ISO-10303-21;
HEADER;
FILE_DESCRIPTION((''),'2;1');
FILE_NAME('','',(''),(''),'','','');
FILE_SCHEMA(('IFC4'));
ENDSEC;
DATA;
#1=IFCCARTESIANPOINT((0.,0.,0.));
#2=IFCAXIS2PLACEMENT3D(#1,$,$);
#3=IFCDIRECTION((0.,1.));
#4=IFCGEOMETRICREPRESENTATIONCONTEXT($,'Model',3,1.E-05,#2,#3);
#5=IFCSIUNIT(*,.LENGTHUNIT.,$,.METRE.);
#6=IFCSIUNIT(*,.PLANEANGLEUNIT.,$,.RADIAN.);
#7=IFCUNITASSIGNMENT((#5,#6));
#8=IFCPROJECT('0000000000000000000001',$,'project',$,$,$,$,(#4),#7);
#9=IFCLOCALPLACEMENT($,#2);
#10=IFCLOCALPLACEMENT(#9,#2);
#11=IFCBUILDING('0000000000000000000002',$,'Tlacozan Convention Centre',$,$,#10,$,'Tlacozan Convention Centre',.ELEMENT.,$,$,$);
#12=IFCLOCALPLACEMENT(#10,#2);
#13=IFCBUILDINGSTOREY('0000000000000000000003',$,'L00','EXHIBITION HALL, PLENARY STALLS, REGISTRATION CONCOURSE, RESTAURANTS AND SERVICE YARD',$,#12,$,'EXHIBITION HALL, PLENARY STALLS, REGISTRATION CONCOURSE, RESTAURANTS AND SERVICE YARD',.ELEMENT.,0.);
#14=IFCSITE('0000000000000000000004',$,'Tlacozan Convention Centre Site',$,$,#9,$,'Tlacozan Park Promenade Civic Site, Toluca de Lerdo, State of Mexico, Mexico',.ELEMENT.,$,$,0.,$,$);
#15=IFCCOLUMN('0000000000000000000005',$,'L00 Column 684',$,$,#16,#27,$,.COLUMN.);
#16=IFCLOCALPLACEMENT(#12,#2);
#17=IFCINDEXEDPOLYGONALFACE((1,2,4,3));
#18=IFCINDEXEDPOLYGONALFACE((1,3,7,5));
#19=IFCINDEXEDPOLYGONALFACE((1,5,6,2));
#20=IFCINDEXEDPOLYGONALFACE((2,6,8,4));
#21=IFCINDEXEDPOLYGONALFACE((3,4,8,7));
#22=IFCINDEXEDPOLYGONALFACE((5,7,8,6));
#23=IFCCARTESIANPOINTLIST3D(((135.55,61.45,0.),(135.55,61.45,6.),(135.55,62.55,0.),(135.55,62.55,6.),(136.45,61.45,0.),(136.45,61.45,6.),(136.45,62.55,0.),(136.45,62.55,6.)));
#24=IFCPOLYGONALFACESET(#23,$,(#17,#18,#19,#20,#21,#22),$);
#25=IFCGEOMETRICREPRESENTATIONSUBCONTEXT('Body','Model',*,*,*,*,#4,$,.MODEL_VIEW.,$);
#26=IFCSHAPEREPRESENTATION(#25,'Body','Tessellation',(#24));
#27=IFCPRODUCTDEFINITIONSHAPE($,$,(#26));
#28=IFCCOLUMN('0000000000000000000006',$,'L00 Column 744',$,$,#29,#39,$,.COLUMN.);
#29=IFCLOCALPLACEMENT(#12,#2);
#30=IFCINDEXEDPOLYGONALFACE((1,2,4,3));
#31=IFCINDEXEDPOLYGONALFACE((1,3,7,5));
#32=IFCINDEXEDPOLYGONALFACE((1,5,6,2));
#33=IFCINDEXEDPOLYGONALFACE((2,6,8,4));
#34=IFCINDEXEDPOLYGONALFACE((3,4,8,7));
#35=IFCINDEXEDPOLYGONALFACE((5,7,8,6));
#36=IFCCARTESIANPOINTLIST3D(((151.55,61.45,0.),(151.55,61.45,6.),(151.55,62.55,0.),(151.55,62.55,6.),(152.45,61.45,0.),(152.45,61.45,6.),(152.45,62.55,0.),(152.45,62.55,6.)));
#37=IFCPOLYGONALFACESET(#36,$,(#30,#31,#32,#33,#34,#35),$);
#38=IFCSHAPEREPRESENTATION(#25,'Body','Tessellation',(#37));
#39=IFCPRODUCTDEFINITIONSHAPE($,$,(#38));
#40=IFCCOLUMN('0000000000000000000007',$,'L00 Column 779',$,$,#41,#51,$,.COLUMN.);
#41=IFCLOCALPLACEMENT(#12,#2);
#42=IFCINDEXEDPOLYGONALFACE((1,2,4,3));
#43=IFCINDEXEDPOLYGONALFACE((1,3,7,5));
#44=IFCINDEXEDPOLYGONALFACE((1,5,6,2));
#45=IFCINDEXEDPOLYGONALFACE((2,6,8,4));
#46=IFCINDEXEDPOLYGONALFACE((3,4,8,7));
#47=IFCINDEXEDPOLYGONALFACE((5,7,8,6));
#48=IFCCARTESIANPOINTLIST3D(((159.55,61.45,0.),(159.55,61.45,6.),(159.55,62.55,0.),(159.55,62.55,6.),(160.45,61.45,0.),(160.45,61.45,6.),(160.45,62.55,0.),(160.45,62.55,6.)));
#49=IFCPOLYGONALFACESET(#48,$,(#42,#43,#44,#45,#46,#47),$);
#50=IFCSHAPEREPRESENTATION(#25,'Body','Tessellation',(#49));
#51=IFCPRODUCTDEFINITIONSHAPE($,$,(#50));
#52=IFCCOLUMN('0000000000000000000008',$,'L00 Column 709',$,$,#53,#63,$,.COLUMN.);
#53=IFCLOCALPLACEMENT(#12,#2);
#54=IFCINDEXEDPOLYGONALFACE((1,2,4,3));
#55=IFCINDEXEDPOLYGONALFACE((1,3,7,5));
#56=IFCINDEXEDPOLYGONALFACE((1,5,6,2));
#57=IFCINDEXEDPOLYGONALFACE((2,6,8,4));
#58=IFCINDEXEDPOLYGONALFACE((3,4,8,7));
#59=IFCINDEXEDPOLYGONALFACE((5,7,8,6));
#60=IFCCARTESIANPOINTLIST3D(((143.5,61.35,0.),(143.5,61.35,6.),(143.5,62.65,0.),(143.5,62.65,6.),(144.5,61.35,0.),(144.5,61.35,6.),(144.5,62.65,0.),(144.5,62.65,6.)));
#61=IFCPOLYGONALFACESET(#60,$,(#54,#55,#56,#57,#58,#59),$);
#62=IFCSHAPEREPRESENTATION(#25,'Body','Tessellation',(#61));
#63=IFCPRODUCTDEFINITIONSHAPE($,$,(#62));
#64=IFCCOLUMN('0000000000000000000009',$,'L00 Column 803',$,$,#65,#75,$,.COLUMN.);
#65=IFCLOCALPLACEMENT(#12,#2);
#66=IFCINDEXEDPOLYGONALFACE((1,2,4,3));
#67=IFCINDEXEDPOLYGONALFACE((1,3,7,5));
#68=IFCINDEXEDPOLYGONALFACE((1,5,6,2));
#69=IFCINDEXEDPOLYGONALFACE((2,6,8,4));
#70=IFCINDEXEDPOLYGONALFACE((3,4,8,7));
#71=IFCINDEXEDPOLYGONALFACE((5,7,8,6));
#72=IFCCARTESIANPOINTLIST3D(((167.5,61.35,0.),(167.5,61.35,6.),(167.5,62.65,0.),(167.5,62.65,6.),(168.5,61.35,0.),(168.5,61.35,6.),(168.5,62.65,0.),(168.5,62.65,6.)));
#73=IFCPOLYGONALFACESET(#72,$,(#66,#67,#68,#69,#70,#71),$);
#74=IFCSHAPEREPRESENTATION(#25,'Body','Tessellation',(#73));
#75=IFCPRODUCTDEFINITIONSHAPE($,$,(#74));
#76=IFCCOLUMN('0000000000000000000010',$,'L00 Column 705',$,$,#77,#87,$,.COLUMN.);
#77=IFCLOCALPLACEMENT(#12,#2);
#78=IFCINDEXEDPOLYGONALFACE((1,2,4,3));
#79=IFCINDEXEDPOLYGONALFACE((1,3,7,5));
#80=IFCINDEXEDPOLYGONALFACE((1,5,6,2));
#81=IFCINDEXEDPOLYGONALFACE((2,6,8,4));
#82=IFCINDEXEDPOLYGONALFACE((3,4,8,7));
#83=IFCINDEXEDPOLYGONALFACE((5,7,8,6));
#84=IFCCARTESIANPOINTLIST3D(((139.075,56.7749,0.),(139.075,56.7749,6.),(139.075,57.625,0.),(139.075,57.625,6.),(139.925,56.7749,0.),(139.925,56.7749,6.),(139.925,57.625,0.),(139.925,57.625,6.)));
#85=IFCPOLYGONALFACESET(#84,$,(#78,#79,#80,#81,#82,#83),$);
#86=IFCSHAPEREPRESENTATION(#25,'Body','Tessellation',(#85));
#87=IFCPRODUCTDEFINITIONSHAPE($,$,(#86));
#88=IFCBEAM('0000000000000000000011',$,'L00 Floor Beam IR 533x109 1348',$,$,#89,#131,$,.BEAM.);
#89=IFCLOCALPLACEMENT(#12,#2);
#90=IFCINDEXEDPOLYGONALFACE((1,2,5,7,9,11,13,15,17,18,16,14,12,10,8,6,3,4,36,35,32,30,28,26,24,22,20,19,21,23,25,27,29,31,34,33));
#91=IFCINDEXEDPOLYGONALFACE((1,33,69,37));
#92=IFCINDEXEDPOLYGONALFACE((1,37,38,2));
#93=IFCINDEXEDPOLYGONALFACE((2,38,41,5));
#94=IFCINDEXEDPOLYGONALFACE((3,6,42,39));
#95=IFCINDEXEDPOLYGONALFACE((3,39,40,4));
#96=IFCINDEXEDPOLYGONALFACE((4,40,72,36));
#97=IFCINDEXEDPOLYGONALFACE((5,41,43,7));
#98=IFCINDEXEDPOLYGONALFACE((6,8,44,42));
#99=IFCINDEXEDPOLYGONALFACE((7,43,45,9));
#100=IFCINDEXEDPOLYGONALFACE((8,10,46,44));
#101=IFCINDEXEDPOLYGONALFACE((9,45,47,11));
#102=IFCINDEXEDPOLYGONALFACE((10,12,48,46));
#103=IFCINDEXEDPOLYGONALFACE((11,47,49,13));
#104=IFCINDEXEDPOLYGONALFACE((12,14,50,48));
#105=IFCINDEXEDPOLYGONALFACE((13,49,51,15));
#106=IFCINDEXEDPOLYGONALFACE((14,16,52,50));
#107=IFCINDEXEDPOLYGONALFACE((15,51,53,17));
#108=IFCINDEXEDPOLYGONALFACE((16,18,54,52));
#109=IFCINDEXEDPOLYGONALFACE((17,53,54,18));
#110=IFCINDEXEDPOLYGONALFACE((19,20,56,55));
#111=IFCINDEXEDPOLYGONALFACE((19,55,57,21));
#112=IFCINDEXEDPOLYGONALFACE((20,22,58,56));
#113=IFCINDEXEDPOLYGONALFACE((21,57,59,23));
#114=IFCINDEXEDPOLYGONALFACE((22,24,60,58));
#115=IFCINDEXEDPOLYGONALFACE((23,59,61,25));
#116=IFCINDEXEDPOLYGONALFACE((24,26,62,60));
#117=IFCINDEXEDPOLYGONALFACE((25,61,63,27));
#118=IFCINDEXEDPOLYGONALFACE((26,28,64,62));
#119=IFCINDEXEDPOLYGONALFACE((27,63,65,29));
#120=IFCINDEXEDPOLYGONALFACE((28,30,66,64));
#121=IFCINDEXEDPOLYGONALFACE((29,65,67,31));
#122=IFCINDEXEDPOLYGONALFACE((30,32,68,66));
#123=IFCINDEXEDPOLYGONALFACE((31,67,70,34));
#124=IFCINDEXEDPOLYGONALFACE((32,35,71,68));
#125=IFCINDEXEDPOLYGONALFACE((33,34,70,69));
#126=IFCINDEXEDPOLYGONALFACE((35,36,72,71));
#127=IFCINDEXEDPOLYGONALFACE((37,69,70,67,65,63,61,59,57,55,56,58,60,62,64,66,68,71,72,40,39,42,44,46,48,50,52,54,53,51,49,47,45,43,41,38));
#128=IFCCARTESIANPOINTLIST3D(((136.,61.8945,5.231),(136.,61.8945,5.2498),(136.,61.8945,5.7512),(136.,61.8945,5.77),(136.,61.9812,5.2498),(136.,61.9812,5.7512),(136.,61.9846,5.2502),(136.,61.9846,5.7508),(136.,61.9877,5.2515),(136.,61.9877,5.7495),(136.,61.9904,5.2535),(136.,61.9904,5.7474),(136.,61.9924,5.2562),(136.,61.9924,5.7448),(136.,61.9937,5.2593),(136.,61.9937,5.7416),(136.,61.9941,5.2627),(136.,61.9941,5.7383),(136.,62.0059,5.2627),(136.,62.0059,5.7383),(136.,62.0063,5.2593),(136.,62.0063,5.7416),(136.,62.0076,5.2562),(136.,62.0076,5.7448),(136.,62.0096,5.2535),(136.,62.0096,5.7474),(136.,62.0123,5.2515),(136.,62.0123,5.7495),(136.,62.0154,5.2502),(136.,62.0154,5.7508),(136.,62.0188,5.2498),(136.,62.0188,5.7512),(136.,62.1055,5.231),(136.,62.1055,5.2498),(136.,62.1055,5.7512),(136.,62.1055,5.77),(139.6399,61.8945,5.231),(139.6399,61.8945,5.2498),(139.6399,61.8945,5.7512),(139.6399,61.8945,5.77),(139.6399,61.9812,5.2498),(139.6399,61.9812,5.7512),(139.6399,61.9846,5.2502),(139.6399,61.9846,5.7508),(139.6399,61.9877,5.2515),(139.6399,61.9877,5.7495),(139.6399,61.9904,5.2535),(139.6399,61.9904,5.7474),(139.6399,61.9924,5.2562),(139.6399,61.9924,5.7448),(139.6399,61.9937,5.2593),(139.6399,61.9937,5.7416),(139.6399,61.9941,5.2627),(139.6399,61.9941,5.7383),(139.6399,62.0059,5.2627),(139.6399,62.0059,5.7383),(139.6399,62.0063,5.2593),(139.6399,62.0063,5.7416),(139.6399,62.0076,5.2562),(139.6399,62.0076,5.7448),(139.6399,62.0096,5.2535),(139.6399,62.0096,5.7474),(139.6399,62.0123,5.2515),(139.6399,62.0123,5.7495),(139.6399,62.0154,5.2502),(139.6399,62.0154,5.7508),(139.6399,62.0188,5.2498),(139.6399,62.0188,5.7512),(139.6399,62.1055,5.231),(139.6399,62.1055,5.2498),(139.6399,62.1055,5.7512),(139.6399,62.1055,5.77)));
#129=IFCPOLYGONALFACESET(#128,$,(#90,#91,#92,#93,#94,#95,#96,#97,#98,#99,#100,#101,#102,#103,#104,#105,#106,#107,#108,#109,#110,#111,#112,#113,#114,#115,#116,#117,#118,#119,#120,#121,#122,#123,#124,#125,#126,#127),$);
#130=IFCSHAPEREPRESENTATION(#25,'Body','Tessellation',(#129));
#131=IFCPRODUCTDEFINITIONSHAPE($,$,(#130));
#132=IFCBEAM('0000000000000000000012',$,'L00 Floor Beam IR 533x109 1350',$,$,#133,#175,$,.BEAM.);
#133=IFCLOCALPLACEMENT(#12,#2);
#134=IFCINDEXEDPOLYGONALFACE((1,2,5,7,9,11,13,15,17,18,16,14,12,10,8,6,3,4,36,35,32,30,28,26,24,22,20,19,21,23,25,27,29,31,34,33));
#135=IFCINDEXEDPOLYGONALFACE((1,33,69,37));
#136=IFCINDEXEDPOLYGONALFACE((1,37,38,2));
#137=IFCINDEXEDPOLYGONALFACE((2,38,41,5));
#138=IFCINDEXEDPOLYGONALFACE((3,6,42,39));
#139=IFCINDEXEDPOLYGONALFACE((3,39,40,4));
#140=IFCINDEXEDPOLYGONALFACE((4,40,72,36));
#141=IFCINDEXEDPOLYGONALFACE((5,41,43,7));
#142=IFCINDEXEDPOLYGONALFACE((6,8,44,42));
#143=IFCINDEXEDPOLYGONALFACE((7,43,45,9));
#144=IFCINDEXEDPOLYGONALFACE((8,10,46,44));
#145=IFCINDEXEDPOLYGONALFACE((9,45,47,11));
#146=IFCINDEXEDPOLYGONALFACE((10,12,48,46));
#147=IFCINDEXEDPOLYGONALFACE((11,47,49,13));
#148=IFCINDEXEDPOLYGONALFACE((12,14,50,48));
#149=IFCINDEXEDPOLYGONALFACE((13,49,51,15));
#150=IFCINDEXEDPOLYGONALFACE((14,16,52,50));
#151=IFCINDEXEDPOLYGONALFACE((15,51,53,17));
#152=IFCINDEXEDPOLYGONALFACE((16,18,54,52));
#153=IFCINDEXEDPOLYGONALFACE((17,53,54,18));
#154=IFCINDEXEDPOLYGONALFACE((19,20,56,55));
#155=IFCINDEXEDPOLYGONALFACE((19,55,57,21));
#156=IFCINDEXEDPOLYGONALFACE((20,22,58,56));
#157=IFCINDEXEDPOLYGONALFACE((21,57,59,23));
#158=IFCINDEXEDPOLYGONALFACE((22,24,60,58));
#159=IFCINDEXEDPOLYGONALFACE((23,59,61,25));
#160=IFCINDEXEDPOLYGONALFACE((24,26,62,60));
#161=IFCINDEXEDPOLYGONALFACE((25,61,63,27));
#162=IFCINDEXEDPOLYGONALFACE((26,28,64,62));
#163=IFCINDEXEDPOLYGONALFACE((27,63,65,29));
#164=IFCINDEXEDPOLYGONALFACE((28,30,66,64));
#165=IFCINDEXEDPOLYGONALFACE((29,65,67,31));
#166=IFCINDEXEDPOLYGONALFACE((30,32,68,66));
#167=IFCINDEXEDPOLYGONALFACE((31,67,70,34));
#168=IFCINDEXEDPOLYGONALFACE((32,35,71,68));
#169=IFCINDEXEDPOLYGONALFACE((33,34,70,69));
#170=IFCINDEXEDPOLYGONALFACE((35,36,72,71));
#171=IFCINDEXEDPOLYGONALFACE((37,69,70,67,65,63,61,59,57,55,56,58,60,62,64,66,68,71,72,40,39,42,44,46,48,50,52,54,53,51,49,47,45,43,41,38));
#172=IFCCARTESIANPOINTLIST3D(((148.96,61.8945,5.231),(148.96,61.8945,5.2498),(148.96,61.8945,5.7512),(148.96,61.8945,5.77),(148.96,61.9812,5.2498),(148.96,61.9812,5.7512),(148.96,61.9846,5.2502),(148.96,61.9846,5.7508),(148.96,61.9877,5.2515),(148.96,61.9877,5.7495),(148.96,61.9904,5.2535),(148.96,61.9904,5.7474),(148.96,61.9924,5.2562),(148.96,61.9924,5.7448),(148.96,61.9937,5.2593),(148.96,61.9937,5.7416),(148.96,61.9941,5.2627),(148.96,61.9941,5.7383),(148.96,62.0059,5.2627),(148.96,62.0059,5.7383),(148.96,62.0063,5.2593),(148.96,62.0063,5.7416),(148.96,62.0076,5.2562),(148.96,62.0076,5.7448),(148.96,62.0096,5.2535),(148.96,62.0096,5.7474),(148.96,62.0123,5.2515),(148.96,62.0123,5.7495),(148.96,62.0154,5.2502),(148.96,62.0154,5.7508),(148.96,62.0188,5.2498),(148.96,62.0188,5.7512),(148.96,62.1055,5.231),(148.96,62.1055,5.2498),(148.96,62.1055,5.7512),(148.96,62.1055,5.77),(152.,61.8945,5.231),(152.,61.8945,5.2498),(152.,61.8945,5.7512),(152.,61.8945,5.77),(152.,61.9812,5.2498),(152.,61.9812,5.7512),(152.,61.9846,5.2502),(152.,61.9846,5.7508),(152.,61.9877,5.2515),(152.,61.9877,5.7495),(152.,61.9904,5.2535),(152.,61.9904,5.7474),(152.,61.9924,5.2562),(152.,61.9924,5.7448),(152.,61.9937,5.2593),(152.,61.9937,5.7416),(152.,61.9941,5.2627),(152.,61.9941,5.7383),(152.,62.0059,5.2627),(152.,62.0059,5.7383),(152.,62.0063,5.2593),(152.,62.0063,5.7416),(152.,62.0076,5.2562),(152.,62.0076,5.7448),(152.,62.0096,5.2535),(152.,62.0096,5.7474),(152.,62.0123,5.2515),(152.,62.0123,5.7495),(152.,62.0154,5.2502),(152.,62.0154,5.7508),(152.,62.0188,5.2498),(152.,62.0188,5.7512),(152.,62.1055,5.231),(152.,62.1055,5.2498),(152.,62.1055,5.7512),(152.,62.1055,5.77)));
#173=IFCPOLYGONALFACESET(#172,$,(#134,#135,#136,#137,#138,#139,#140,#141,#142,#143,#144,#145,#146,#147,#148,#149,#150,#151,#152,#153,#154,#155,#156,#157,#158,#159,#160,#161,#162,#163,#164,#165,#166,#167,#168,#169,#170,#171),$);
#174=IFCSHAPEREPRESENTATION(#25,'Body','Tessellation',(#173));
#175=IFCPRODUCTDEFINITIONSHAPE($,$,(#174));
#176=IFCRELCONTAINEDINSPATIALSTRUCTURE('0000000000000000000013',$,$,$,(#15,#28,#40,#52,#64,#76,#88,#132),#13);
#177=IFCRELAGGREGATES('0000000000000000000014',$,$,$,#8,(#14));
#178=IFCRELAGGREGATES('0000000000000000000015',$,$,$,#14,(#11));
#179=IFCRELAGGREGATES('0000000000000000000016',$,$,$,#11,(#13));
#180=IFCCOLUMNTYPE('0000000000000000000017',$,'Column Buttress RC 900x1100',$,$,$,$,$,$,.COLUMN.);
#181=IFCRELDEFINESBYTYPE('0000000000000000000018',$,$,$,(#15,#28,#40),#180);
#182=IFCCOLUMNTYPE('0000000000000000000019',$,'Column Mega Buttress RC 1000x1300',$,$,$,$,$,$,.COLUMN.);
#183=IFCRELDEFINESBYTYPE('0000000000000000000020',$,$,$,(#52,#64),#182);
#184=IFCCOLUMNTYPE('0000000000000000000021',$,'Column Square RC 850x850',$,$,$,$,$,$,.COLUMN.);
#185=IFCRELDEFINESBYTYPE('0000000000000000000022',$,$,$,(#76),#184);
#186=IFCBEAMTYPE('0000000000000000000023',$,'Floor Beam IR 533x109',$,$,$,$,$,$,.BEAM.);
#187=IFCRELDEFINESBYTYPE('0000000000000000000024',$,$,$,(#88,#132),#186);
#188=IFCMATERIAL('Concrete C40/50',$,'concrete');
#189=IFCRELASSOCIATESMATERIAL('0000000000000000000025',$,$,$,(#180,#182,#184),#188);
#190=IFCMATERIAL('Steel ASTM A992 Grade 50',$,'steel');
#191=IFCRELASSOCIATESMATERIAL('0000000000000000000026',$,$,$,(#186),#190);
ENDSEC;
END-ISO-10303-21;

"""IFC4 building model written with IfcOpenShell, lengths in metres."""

from ifc_helpers import new_model, si_unit, direction, frame, origin, origin_2d, place, context, subcontext, project, spatial, rectangle, i_section, extrude, material, material_profile, profile_set, type_object, element, save


model = new_model("IFC4")

# Units and contexts
model_context = context("Model", 3, precision=1e-05, world=origin(), true_north=direction((0.0, 1.0)))
body_context = subcontext(model_context, "Body", "Model", "MODEL_VIEW")
ifc_project = project(units=[si_unit("LENGTHUNIT", "METRE"), si_unit("PLANEANGLEUNIT", "RADIAN")], contexts=[model_context])

# Site, building, storey
site_placement = place(None, origin())
site = spatial("IfcSite", under=ifc_project, at=site_placement, Name="Tlacozan Convention Centre Site", LongName="Tlacozan Park Promenade Civic Site, Toluca de Lerdo, State of Mexico, Mexico", CompositionType="ELEMENT", RefElevation=0.0)
building_placement = place(site_placement, origin())
building = spatial("IfcBuilding", under=site, at=building_placement, Name="Tlacozan Convention Centre", LongName="Tlacozan Convention Centre", CompositionType="ELEMENT")
storey_placement = place(building_placement, origin())
storey = spatial("IfcBuildingStorey", under=building, at=storey_placement, Name="L00", Description="EXHIBITION HALL, PLENARY STALLS, REGISTRATION CONCOURSE, RESTAURANTS AND SERVICE YARD", LongName="EXHIBITION HALL, PLENARY STALLS, REGISTRATION CONCOURSE, RESTAURANTS AND SERVICE YARD", CompositionType="ELEMENT", Elevation=0.0)

# Columns
ifc_material_1 = material(Name="Concrete C40/50", Category="concrete")
ifc_material_profile_1 = material_profile(ifc_material_1, rectangle(XDim=0.8999, YDim=1.1001, at=origin_2d()), Name="RC 900x1100")
ifc_profile_set_1 = profile_set([ifc_material_profile_1], Name="Concrete C40/50")
column_type_1 = type_object("IfcColumnType", Name="Column Buttress RC 900x1100", PredefinedType="COLUMN", material=ifc_profile_set_1)
for number, where, z_axis, x_axis, name in (
    (1, (136.0, 62.0, 0.0), (0.0, 0.0, 1.0), (1.0, 0.0, 0.0), "L00 Column 684"),
    (2, (152.0, 62.0, 0.0), (0.0, 0.0, 1.0), (1.0, 0.0, 0.0), "L00 Column 744"),
    (3, (160.0, 62.0, 0.0), (0.0, 0.0, 1.0), (1.0, 0.0, 0.0), "L00 Column 779"),
):
    element("IfcColumn", number, at=place(storey_placement, frame(where, z_axis=z_axis, x_axis=x_axis)), inside=storey, type_object=column_type_1, Name=name, PredefinedType="COLUMN", context=body_context, shape_type="SweptSolid", body=[
        extrude(rectangle(XDim=0.8999, YDim=1.1001, at=origin_2d()), origin(), (0.0, 0.0, 1.0), 6.0),
    ])
ifc_material_profile_2 = material_profile(ifc_material_1, rectangle(XDim=1.0, YDim=1.3, at=origin_2d()), Name="RC 1000x1300")
ifc_profile_set_2 = profile_set([ifc_material_profile_2], Name="Concrete C40/50")
column_type_2 = type_object("IfcColumnType", Name="Column Mega Buttress RC 1000x1300", PredefinedType="COLUMN", material=ifc_profile_set_2)
for number, where, z_axis, x_axis, name in (
    (4, (144.0, 62.0, 0.0), (0.0, 0.0, 1.0), (1.0, 0.0, 0.0), "L00 Column 709"),
    (5, (168.0, 62.0, 0.0), (0.0, 0.0, 1.0), (1.0, 0.0, 0.0), "L00 Column 803"),
):
    element("IfcColumn", number, at=place(storey_placement, frame(where, z_axis=z_axis, x_axis=x_axis)), inside=storey, type_object=column_type_2, Name=name, PredefinedType="COLUMN", context=body_context, shape_type="SweptSolid", body=[
        extrude(rectangle(XDim=1.0, YDim=1.3, at=origin_2d()), origin(), (0.0, 0.0, 1.0), 6.0),
    ])
ifc_material_profile_3 = material_profile(ifc_material_1, rectangle(XDim=0.8501, YDim=0.8501, at=origin_2d()), Name="RC 850x850")
ifc_profile_set_3 = profile_set([ifc_material_profile_3], Name="Concrete C40/50")
column_type_3 = type_object("IfcColumnType", Name="Column Square RC 850x850", PredefinedType="COLUMN", material=ifc_profile_set_3)
column_placement = place(storey_placement, frame((139.5, 57.2, 0.0), z_axis=(0.0, 0.0, 1.0), x_axis=(1.0, 0.0, 0.0)))
element("IfcColumn", 6, at=column_placement, inside=storey, type_object=column_type_3, Name="L00 Column 705", PredefinedType="COLUMN", context=body_context, shape_type="SweptSolid", body=[
    extrude(rectangle(XDim=0.8501, YDim=0.8501, at=origin_2d()), origin(), (0.0, 0.0, 1.0), 6.0),
])

# Beams
ifc_material_2 = material(Name="Steel ASTM A992 Grade 50", Category="steel")
ifc_material_profile_4 = material_profile(ifc_material_2, i_section(OverallWidth=0.2109, OverallDepth=0.5391, WebThickness=0.0117, FlangeThickness=0.0188, FilletRadius=0.0129, at=origin_2d()), Name="IR 533x109.0")
ifc_profile_set_4 = profile_set([ifc_material_profile_4], Name="Steel ASTM A992 Grade 50")
beam_type_1 = type_object("IfcBeamType", Name="Floor Beam IR 533x109", PredefinedType="BEAM", material=ifc_profile_set_4)
beam_1_placement = place(storey_placement, frame((136.0, 62.0, 5.5005), z_axis=(1.0, 0.0, 0.0), x_axis=(0.0, 1.0, 0.0)))
element("IfcBeam", 7, at=beam_1_placement, inside=storey, type_object=beam_type_1, Name="L00 Floor Beam IR 533x109 1348", PredefinedType="BEAM", context=body_context, shape_type="SweptSolid", body=[
    extrude(i_section(OverallWidth=0.2109, OverallDepth=0.5391, WebThickness=0.0117, FlangeThickness=0.0188, FilletRadius=0.0129, at=origin_2d()), origin(), (0.0, 0.0, 1.0), 3.6399),
])
beam_2_placement = place(storey_placement, frame((148.96, 62.0, 5.5005), z_axis=(1.0, 0.0, 0.0), x_axis=(0.0, 1.0, 0.0)))
element("IfcBeam", 8, at=beam_2_placement, inside=storey, type_object=beam_type_1, Name="L00 Floor Beam IR 533x109 1350", PredefinedType="BEAM", context=body_context, shape_type="SweptSolid", body=[
    extrude(i_section(OverallWidth=0.2109, OverallDepth=0.5391, WebThickness=0.0117, FlangeThickness=0.0188, FilletRadius=0.0129, at=origin_2d()), origin(), (0.0, 0.0, 1.0), 3.04),
])

save(model, "model.ifc")
